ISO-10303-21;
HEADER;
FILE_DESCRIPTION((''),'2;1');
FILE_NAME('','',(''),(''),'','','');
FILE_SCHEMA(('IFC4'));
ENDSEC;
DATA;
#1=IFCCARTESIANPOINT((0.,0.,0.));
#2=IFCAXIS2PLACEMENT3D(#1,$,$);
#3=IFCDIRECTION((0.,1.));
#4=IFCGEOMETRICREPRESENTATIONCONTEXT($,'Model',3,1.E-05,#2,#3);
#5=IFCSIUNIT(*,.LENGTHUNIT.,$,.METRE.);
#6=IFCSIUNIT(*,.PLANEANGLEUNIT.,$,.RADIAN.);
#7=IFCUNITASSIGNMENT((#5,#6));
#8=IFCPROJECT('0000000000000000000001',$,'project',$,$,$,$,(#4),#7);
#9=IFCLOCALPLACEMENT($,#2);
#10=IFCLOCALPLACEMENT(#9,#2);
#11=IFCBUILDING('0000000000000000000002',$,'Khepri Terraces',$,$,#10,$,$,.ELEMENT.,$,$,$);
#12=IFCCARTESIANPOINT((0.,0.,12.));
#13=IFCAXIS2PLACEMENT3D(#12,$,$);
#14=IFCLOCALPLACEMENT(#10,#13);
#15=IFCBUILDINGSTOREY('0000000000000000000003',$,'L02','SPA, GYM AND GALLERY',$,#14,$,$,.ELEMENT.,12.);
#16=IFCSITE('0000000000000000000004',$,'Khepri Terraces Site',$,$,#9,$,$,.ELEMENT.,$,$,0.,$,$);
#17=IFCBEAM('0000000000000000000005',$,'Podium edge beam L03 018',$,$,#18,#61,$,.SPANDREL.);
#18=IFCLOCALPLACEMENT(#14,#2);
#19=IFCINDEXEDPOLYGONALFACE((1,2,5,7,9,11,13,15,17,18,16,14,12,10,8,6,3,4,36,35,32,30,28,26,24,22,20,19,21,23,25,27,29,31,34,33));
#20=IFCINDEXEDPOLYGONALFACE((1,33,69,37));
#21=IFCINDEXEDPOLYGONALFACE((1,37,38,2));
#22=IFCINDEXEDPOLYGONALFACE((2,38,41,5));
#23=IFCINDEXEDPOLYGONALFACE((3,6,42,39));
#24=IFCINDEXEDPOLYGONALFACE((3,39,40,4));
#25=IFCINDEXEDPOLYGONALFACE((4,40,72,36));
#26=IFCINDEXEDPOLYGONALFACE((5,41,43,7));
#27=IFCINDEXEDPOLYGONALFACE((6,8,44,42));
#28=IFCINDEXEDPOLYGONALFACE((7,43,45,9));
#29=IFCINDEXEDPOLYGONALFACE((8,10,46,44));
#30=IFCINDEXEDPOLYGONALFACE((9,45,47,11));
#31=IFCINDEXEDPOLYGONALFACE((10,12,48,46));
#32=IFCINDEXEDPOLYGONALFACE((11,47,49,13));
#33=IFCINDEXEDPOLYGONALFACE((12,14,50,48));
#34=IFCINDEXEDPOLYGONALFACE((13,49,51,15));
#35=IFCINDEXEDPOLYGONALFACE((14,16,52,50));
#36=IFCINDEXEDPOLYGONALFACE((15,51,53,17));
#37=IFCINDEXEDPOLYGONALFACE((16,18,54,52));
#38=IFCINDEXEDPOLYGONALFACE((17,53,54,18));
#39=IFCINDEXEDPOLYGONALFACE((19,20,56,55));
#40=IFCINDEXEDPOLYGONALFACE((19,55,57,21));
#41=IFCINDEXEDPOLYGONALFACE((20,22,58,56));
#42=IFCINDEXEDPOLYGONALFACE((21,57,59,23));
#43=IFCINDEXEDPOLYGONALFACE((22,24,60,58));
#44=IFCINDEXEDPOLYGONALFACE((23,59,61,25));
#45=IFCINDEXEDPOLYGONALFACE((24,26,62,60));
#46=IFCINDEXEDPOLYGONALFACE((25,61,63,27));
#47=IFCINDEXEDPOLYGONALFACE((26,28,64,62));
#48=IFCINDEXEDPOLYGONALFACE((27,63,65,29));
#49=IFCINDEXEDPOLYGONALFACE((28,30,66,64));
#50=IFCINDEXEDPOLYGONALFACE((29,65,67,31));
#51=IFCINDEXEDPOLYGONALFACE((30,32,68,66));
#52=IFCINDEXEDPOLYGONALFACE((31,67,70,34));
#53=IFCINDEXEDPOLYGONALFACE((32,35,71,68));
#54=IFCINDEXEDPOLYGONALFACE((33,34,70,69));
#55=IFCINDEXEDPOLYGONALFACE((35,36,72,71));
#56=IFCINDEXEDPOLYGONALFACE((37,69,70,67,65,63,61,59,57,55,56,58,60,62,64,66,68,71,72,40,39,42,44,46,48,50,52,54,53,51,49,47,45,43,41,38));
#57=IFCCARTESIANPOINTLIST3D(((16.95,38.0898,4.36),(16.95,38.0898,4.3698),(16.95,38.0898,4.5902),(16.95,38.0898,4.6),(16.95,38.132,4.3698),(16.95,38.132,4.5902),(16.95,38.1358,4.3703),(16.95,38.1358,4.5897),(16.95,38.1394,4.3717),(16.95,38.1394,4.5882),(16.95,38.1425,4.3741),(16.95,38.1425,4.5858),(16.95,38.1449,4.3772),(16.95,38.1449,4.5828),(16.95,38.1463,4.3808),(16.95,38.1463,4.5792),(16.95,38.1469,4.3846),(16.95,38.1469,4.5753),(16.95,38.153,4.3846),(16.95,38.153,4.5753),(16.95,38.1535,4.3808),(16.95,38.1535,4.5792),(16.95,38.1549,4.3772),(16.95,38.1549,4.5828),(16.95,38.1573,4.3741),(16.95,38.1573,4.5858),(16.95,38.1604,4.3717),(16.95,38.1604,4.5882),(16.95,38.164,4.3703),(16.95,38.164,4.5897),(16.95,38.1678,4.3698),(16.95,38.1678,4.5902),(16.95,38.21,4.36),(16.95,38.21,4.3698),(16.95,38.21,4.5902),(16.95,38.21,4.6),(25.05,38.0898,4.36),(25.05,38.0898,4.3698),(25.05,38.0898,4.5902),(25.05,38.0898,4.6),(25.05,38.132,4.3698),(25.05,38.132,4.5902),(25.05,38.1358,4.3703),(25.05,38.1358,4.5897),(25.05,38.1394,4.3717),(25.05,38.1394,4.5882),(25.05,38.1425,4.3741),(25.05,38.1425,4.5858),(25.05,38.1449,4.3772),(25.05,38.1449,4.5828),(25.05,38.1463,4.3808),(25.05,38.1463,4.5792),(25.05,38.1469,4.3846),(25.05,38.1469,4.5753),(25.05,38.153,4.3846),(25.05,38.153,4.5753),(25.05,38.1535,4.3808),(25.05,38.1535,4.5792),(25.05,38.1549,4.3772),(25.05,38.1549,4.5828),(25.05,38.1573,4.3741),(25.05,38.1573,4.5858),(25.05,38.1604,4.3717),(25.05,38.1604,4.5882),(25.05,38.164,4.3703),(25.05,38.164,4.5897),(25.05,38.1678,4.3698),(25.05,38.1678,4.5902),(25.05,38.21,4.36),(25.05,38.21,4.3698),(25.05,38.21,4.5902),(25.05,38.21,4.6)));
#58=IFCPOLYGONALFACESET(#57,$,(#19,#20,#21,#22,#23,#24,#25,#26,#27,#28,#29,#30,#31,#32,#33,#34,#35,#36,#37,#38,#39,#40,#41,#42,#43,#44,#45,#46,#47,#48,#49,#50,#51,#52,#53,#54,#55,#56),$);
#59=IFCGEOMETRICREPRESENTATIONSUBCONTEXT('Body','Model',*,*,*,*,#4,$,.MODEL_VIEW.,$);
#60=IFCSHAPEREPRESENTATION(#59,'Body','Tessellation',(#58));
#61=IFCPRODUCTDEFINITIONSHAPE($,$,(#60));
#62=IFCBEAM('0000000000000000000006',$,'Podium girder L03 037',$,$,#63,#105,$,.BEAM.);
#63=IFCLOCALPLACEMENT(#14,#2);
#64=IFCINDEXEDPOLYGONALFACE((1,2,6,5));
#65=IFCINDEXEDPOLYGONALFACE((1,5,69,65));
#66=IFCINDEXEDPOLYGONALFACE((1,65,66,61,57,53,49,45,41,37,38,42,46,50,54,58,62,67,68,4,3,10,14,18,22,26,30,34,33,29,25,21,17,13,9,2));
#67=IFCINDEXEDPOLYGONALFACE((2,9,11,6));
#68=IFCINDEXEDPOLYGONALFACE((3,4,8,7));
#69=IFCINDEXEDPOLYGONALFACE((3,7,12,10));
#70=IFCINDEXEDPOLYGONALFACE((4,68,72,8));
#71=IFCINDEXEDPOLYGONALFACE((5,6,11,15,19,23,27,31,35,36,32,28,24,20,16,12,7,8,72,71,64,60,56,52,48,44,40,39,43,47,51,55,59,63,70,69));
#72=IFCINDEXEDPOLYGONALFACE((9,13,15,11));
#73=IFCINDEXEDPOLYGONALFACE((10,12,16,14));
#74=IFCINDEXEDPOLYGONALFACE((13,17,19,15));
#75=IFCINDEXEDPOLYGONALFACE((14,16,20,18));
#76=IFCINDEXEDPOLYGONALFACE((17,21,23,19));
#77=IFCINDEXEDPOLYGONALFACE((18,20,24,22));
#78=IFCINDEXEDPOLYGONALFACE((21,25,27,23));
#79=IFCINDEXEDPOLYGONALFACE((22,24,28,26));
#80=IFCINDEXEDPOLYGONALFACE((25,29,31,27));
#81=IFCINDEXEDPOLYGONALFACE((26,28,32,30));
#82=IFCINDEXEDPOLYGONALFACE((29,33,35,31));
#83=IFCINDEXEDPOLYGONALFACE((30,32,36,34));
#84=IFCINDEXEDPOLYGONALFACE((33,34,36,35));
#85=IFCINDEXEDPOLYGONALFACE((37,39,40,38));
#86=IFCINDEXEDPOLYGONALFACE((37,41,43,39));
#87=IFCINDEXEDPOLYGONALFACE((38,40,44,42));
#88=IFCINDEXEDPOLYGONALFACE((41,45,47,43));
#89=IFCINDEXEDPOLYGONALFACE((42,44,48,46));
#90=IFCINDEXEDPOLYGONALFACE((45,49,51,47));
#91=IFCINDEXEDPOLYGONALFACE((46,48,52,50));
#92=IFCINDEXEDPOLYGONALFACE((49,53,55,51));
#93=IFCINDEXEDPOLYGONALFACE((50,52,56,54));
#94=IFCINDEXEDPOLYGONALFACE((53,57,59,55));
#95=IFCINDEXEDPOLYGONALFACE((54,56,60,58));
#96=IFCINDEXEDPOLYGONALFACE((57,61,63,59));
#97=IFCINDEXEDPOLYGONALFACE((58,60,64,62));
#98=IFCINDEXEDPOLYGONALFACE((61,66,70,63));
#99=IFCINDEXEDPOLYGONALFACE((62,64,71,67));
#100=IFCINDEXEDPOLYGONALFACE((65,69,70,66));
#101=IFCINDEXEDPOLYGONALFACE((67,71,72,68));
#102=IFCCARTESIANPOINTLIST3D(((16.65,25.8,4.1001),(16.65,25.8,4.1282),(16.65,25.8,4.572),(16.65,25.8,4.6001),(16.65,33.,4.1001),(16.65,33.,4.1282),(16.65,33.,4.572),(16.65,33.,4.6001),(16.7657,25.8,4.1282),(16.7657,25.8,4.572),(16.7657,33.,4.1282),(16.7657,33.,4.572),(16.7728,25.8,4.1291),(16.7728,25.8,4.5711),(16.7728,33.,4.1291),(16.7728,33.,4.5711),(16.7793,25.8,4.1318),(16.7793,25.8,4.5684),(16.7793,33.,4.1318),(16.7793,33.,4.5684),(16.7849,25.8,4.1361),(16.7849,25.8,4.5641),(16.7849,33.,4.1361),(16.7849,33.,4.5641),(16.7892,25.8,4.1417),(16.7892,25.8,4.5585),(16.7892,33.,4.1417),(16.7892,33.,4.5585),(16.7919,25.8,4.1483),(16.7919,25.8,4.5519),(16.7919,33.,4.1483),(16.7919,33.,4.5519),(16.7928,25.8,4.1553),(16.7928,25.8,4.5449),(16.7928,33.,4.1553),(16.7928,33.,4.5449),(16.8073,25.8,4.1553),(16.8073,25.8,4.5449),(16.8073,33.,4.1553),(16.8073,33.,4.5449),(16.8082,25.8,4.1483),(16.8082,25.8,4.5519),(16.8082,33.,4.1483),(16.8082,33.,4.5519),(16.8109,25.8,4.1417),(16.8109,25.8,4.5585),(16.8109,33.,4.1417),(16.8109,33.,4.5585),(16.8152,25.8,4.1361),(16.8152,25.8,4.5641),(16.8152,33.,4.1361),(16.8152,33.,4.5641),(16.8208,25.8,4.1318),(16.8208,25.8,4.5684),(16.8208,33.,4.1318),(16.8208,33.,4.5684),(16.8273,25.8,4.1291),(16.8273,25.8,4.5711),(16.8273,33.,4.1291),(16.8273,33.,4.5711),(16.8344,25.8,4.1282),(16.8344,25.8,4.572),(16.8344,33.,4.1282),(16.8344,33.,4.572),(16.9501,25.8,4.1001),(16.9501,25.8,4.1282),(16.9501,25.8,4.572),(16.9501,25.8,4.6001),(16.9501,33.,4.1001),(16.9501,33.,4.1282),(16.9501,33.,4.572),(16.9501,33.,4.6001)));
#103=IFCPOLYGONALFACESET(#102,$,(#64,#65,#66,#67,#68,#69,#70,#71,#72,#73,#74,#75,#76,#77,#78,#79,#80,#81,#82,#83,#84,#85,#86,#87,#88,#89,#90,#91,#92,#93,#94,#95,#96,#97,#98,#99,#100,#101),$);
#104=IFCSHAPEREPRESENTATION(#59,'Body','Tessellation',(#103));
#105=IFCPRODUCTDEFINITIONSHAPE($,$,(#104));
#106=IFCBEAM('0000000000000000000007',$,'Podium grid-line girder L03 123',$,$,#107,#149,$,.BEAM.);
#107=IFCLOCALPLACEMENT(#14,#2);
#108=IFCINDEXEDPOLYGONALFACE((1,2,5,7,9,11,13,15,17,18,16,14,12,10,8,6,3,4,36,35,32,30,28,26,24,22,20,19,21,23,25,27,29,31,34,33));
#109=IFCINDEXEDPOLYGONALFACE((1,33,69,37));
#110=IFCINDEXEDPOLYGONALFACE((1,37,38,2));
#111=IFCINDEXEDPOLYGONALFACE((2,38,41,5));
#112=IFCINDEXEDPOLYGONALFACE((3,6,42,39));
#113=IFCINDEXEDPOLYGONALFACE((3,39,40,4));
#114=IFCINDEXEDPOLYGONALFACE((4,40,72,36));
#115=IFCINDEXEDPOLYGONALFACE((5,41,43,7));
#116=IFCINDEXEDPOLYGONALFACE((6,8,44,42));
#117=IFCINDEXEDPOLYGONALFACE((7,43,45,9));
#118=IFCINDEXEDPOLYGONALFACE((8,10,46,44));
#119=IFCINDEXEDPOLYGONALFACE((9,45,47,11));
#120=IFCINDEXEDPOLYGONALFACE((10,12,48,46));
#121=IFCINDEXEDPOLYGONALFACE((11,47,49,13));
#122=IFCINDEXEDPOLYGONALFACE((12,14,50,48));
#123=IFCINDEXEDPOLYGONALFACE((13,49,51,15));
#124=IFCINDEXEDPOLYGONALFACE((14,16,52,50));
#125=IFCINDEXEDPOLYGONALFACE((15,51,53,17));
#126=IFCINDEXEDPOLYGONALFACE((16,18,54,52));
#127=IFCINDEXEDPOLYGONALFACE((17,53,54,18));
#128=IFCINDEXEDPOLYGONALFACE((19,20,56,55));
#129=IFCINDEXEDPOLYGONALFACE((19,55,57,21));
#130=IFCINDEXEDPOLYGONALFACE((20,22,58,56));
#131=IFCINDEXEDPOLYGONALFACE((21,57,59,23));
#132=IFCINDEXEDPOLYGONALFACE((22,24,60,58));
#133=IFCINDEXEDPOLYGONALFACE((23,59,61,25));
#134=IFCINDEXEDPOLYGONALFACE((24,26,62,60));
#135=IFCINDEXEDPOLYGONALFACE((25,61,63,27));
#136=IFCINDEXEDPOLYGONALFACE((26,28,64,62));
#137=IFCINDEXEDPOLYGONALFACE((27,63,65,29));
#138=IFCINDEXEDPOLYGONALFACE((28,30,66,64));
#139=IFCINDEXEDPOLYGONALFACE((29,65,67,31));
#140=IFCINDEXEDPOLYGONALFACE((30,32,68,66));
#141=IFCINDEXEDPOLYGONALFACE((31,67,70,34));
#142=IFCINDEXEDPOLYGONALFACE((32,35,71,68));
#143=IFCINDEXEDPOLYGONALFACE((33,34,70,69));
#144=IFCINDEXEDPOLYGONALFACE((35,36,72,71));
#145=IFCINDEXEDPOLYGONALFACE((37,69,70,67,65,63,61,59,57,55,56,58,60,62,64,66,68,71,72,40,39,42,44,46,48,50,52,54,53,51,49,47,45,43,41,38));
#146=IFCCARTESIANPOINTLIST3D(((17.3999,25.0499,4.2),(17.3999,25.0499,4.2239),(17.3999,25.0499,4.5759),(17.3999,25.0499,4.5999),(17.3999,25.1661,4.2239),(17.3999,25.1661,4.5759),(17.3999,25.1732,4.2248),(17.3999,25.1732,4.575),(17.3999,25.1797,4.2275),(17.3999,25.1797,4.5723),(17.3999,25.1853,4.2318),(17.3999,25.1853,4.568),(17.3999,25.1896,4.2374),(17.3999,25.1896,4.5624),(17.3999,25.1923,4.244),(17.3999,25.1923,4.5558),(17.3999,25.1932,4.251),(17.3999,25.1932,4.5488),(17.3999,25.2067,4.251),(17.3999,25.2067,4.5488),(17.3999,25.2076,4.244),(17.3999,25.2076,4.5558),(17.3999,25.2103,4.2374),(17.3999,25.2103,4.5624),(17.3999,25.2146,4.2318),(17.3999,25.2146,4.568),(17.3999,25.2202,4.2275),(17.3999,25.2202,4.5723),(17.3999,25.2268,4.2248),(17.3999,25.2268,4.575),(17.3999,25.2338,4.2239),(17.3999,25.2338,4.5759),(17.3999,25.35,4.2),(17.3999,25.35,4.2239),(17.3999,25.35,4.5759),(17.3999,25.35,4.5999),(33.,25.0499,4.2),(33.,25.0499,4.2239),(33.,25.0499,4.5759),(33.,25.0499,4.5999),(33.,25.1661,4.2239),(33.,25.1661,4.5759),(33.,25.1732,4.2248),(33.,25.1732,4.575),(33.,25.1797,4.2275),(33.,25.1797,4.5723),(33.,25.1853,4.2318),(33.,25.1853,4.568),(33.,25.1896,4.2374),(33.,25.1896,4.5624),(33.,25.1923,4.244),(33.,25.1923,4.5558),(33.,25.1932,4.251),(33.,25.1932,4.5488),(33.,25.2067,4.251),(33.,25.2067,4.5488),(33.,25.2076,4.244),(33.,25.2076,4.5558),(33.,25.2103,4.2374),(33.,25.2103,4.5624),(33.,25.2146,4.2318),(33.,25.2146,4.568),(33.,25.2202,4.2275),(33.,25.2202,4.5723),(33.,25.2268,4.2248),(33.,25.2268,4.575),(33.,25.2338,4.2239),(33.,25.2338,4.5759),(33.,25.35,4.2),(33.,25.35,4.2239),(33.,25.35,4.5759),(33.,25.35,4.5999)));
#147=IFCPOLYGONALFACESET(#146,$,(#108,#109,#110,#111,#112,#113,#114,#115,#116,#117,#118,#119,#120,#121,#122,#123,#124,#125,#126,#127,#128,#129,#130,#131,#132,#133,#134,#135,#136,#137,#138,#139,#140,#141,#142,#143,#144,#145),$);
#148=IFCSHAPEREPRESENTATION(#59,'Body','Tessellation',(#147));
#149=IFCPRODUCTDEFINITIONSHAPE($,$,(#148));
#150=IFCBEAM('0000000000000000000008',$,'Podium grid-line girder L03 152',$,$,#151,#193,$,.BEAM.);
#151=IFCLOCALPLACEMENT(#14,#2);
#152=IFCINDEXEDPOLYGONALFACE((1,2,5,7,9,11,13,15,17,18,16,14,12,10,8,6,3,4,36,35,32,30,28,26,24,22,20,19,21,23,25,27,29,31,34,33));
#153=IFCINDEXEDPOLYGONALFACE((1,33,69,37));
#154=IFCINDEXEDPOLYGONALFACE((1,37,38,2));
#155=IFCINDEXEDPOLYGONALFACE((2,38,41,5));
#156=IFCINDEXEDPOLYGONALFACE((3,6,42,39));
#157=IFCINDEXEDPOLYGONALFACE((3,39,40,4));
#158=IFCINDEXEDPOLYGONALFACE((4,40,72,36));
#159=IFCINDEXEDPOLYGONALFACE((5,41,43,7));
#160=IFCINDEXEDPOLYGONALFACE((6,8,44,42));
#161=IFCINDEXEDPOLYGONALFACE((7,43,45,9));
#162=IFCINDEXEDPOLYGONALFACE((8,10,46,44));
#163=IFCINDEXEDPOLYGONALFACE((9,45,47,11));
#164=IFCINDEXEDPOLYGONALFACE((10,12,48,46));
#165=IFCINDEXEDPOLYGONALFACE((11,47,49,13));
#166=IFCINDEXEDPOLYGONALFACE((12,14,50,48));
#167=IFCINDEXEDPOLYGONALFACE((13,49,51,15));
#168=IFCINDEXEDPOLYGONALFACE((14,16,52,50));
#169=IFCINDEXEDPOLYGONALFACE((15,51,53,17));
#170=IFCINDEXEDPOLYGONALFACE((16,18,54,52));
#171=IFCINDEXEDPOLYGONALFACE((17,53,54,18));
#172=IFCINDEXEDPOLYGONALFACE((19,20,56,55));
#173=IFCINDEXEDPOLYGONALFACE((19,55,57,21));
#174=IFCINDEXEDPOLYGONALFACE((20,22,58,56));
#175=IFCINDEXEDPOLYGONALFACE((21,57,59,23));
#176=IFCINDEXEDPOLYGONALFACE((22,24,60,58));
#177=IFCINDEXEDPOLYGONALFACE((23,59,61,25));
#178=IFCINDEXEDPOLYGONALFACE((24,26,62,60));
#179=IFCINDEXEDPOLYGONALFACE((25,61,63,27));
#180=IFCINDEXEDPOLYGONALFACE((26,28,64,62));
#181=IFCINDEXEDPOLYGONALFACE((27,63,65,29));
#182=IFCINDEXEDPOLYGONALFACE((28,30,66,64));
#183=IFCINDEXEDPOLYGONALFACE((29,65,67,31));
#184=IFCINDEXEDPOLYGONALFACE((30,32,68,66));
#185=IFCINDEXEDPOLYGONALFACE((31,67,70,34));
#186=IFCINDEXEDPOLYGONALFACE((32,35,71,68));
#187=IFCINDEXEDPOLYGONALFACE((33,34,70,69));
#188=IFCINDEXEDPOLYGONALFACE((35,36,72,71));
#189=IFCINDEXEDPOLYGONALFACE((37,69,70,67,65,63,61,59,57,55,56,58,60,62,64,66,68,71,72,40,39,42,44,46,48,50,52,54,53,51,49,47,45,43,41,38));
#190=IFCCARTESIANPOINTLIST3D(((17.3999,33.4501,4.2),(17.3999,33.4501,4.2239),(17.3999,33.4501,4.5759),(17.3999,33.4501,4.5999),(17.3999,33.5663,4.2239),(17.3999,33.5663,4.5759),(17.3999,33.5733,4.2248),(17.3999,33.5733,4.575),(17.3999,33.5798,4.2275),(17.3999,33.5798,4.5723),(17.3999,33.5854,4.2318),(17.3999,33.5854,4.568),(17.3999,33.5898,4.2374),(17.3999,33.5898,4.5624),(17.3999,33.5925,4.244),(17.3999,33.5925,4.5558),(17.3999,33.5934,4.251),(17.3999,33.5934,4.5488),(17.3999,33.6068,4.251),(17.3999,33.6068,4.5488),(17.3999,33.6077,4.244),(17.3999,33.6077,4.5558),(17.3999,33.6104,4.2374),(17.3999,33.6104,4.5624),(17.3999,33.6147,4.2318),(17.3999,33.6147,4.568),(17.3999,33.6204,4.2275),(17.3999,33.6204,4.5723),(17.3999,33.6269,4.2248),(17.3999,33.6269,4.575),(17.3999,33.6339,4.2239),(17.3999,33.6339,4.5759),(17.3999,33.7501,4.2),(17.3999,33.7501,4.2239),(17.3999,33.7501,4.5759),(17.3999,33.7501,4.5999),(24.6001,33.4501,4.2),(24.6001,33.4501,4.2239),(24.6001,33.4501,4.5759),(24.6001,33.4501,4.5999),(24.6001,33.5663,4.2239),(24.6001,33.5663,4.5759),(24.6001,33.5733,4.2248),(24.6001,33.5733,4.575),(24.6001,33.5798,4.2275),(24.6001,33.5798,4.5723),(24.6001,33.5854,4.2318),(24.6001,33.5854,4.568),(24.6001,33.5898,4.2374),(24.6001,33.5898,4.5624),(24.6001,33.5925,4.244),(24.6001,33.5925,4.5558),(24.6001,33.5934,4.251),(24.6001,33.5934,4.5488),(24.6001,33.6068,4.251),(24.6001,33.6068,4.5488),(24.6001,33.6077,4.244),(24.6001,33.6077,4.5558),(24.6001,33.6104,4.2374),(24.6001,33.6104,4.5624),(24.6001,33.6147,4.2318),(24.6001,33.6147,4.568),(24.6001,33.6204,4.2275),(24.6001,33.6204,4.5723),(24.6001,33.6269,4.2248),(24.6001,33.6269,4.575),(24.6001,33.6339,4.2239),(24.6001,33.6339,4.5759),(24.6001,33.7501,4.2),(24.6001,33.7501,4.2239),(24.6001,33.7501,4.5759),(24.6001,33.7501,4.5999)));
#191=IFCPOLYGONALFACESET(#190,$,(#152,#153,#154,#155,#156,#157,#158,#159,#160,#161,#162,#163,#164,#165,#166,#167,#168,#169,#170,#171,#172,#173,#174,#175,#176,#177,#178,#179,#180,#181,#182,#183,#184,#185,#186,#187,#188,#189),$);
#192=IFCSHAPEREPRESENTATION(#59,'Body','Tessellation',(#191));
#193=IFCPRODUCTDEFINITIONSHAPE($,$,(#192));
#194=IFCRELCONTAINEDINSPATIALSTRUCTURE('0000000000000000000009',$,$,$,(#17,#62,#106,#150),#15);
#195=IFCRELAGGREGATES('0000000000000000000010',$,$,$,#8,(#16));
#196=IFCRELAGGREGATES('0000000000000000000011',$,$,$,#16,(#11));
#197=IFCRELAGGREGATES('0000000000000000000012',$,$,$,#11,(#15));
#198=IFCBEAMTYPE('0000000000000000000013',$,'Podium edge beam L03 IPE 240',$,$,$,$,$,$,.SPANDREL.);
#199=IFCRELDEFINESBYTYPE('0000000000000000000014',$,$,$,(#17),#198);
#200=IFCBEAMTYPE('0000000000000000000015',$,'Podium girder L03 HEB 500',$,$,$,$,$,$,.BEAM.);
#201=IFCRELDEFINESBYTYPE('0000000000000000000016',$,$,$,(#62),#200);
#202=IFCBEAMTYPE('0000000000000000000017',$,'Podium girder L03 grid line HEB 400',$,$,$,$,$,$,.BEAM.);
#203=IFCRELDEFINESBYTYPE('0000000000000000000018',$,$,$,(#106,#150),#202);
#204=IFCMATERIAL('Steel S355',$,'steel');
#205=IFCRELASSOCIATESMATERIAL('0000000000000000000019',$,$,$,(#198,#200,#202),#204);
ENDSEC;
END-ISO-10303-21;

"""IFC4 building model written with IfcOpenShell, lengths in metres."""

from ifc_helpers import new_model, si_unit, direction, frame, origin, origin_2d, place, context, subcontext, project, spatial, i_section, extrude, material, material_profile, profile_set, type_object, element, save


model = new_model("IFC4")

# Units and contexts
model_context = context("Model", 3, precision=1e-05, world=origin(), true_north=direction((0.0, 1.0)))
body_context = subcontext(model_context, "Body", "Model", "MODEL_VIEW")
ifc_project = project(units=[si_unit("LENGTHUNIT", "METRE"), si_unit("PLANEANGLEUNIT", "RADIAN")], contexts=[model_context])

# Site, building, storey
site_placement = place(None, origin())
site = spatial("IfcSite", under=ifc_project, at=site_placement, Name="Khepri Terraces Site", CompositionType="ELEMENT", RefElevation=0.0)
building_placement = place(site_placement, origin())
building = spatial("IfcBuilding", under=site, at=building_placement, Name="Khepri Terraces", CompositionType="ELEMENT")
storey_placement = place(building_placement, frame((0.0, 0.0, 12.0)))
storey = spatial("IfcBuildingStorey", under=building, at=storey_placement, Name="L02", Description="SPA, GYM AND GALLERY", CompositionType="ELEMENT", Elevation=12.0)

# Beams
ifc_material_1 = material(Name="Steel S355", Category="steel")
ifc_material_profile_1 = material_profile(ifc_material_1, i_section(OverallWidth=0.1201, OverallDepth=0.24, WebThickness=0.0061, FlangeThickness=0.0098, FilletRadius=0.0149, at=origin_2d()), Name="Steel S355", Category="steel")
ifc_profile_set_1 = profile_set([ifc_material_profile_1], Name="Steel S355")
beam_type_1 = type_object("IfcBeamType", Name="Podium edge beam L03 IPE 240", PredefinedType="SPANDREL", material=ifc_profile_set_1)
beam_1_placement = place(storey_placement, frame((16.95, 38.1499, 4.48), z_axis=(1.0, 0.0, 0.0), x_axis=(0.0, 1.0, 0.0)))
element("IfcBeam", 1, at=beam_1_placement, inside=storey, type_object=beam_type_1, Name="Podium edge beam L03 018", PredefinedType="SPANDREL", context=body_context, shape_type="SweptSolid", body=[
    extrude(i_section(OverallWidth=0.1201, OverallDepth=0.24, WebThickness=0.0061, FlangeThickness=0.0098, FilletRadius=0.0149, at=origin_2d()), origin(), (0.0, 0.0, 1.0), 8.1001),
])
ifc_material_profile_2 = material_profile(ifc_material_1, i_section(OverallWidth=0.3, OverallDepth=0.5, WebThickness=0.0144, FlangeThickness=0.0281, FilletRadius=0.0271, at=origin_2d()), Name="Steel S355", Category="steel")
ifc_profile_set_2 = profile_set([ifc_material_profile_2], Name="Steel S355")
beam_type_2 = type_object("IfcBeamType", Name="Podium girder L03 HEB 500", PredefinedType="BEAM", material=ifc_profile_set_2)
beam_2_placement = place(storey_placement, frame((16.8, 25.8, 4.3501), z_axis=(0.0, 1.0, 0.0), x_axis=(-1.0, 0.0, 0.0)))
element("IfcBeam", 2, at=beam_2_placement, inside=storey, type_object=beam_type_2, Name="Podium girder L03 037", PredefinedType="BEAM", context=body_context, shape_type="SweptSolid", body=[
    extrude(i_section(OverallWidth=0.3, OverallDepth=0.5, WebThickness=0.0144, FlangeThickness=0.0281, FilletRadius=0.0271, at=origin_2d()), origin(), (0.0, 0.0, 1.0), 7.2),
])
ifc_material_profile_3 = material_profile(ifc_material_1, i_section(OverallWidth=0.3, OverallDepth=0.3999, WebThickness=0.0134, FlangeThickness=0.0239, FilletRadius=0.0271, at=origin_2d()), Name="Steel S355", Category="steel")
ifc_profile_set_3 = profile_set([ifc_material_profile_3], Name="Steel S355")
beam_type_3 = type_object("IfcBeamType", Name="Podium girder L03 grid line HEB 400", PredefinedType="BEAM", material=ifc_profile_set_3)
beam_3_placement = place(storey_placement, frame((17.3999, 25.2, 4.3999), z_axis=(1.0, 0.0, 0.0), x_axis=(0.0, 1.0, 0.0)))
element("IfcBeam", 3, at=beam_3_placement, inside=storey, type_object=beam_type_3, Name="Podium grid-line girder L03 123", PredefinedType="BEAM", context=body_context, shape_type="SweptSolid", body=[
    extrude(i_section(OverallWidth=0.3, OverallDepth=0.3999, WebThickness=0.0134, FlangeThickness=0.0239, FilletRadius=0.0271, at=origin_2d()), origin(), (0.0, 0.0, 1.0), 15.6001),
])
beam_4_placement = place(storey_placement, frame((17.3999, 33.6001, 4.3999), z_axis=(1.0, 0.0, 0.0), x_axis=(0.0, 1.0, 0.0)))
element("IfcBeam", 4, at=beam_4_placement, inside=storey, type_object=beam_type_3, Name="Podium grid-line girder L03 152", PredefinedType="BEAM", context=body_context, shape_type="SweptSolid", body=[
    extrude(i_section(OverallWidth=0.3, OverallDepth=0.3999, WebThickness=0.0134, FlangeThickness=0.0239, FilletRadius=0.0271, at=origin_2d()), origin(), (0.0, 0.0, 1.0), 7.2002),
])

save(model, "model.ifc")
